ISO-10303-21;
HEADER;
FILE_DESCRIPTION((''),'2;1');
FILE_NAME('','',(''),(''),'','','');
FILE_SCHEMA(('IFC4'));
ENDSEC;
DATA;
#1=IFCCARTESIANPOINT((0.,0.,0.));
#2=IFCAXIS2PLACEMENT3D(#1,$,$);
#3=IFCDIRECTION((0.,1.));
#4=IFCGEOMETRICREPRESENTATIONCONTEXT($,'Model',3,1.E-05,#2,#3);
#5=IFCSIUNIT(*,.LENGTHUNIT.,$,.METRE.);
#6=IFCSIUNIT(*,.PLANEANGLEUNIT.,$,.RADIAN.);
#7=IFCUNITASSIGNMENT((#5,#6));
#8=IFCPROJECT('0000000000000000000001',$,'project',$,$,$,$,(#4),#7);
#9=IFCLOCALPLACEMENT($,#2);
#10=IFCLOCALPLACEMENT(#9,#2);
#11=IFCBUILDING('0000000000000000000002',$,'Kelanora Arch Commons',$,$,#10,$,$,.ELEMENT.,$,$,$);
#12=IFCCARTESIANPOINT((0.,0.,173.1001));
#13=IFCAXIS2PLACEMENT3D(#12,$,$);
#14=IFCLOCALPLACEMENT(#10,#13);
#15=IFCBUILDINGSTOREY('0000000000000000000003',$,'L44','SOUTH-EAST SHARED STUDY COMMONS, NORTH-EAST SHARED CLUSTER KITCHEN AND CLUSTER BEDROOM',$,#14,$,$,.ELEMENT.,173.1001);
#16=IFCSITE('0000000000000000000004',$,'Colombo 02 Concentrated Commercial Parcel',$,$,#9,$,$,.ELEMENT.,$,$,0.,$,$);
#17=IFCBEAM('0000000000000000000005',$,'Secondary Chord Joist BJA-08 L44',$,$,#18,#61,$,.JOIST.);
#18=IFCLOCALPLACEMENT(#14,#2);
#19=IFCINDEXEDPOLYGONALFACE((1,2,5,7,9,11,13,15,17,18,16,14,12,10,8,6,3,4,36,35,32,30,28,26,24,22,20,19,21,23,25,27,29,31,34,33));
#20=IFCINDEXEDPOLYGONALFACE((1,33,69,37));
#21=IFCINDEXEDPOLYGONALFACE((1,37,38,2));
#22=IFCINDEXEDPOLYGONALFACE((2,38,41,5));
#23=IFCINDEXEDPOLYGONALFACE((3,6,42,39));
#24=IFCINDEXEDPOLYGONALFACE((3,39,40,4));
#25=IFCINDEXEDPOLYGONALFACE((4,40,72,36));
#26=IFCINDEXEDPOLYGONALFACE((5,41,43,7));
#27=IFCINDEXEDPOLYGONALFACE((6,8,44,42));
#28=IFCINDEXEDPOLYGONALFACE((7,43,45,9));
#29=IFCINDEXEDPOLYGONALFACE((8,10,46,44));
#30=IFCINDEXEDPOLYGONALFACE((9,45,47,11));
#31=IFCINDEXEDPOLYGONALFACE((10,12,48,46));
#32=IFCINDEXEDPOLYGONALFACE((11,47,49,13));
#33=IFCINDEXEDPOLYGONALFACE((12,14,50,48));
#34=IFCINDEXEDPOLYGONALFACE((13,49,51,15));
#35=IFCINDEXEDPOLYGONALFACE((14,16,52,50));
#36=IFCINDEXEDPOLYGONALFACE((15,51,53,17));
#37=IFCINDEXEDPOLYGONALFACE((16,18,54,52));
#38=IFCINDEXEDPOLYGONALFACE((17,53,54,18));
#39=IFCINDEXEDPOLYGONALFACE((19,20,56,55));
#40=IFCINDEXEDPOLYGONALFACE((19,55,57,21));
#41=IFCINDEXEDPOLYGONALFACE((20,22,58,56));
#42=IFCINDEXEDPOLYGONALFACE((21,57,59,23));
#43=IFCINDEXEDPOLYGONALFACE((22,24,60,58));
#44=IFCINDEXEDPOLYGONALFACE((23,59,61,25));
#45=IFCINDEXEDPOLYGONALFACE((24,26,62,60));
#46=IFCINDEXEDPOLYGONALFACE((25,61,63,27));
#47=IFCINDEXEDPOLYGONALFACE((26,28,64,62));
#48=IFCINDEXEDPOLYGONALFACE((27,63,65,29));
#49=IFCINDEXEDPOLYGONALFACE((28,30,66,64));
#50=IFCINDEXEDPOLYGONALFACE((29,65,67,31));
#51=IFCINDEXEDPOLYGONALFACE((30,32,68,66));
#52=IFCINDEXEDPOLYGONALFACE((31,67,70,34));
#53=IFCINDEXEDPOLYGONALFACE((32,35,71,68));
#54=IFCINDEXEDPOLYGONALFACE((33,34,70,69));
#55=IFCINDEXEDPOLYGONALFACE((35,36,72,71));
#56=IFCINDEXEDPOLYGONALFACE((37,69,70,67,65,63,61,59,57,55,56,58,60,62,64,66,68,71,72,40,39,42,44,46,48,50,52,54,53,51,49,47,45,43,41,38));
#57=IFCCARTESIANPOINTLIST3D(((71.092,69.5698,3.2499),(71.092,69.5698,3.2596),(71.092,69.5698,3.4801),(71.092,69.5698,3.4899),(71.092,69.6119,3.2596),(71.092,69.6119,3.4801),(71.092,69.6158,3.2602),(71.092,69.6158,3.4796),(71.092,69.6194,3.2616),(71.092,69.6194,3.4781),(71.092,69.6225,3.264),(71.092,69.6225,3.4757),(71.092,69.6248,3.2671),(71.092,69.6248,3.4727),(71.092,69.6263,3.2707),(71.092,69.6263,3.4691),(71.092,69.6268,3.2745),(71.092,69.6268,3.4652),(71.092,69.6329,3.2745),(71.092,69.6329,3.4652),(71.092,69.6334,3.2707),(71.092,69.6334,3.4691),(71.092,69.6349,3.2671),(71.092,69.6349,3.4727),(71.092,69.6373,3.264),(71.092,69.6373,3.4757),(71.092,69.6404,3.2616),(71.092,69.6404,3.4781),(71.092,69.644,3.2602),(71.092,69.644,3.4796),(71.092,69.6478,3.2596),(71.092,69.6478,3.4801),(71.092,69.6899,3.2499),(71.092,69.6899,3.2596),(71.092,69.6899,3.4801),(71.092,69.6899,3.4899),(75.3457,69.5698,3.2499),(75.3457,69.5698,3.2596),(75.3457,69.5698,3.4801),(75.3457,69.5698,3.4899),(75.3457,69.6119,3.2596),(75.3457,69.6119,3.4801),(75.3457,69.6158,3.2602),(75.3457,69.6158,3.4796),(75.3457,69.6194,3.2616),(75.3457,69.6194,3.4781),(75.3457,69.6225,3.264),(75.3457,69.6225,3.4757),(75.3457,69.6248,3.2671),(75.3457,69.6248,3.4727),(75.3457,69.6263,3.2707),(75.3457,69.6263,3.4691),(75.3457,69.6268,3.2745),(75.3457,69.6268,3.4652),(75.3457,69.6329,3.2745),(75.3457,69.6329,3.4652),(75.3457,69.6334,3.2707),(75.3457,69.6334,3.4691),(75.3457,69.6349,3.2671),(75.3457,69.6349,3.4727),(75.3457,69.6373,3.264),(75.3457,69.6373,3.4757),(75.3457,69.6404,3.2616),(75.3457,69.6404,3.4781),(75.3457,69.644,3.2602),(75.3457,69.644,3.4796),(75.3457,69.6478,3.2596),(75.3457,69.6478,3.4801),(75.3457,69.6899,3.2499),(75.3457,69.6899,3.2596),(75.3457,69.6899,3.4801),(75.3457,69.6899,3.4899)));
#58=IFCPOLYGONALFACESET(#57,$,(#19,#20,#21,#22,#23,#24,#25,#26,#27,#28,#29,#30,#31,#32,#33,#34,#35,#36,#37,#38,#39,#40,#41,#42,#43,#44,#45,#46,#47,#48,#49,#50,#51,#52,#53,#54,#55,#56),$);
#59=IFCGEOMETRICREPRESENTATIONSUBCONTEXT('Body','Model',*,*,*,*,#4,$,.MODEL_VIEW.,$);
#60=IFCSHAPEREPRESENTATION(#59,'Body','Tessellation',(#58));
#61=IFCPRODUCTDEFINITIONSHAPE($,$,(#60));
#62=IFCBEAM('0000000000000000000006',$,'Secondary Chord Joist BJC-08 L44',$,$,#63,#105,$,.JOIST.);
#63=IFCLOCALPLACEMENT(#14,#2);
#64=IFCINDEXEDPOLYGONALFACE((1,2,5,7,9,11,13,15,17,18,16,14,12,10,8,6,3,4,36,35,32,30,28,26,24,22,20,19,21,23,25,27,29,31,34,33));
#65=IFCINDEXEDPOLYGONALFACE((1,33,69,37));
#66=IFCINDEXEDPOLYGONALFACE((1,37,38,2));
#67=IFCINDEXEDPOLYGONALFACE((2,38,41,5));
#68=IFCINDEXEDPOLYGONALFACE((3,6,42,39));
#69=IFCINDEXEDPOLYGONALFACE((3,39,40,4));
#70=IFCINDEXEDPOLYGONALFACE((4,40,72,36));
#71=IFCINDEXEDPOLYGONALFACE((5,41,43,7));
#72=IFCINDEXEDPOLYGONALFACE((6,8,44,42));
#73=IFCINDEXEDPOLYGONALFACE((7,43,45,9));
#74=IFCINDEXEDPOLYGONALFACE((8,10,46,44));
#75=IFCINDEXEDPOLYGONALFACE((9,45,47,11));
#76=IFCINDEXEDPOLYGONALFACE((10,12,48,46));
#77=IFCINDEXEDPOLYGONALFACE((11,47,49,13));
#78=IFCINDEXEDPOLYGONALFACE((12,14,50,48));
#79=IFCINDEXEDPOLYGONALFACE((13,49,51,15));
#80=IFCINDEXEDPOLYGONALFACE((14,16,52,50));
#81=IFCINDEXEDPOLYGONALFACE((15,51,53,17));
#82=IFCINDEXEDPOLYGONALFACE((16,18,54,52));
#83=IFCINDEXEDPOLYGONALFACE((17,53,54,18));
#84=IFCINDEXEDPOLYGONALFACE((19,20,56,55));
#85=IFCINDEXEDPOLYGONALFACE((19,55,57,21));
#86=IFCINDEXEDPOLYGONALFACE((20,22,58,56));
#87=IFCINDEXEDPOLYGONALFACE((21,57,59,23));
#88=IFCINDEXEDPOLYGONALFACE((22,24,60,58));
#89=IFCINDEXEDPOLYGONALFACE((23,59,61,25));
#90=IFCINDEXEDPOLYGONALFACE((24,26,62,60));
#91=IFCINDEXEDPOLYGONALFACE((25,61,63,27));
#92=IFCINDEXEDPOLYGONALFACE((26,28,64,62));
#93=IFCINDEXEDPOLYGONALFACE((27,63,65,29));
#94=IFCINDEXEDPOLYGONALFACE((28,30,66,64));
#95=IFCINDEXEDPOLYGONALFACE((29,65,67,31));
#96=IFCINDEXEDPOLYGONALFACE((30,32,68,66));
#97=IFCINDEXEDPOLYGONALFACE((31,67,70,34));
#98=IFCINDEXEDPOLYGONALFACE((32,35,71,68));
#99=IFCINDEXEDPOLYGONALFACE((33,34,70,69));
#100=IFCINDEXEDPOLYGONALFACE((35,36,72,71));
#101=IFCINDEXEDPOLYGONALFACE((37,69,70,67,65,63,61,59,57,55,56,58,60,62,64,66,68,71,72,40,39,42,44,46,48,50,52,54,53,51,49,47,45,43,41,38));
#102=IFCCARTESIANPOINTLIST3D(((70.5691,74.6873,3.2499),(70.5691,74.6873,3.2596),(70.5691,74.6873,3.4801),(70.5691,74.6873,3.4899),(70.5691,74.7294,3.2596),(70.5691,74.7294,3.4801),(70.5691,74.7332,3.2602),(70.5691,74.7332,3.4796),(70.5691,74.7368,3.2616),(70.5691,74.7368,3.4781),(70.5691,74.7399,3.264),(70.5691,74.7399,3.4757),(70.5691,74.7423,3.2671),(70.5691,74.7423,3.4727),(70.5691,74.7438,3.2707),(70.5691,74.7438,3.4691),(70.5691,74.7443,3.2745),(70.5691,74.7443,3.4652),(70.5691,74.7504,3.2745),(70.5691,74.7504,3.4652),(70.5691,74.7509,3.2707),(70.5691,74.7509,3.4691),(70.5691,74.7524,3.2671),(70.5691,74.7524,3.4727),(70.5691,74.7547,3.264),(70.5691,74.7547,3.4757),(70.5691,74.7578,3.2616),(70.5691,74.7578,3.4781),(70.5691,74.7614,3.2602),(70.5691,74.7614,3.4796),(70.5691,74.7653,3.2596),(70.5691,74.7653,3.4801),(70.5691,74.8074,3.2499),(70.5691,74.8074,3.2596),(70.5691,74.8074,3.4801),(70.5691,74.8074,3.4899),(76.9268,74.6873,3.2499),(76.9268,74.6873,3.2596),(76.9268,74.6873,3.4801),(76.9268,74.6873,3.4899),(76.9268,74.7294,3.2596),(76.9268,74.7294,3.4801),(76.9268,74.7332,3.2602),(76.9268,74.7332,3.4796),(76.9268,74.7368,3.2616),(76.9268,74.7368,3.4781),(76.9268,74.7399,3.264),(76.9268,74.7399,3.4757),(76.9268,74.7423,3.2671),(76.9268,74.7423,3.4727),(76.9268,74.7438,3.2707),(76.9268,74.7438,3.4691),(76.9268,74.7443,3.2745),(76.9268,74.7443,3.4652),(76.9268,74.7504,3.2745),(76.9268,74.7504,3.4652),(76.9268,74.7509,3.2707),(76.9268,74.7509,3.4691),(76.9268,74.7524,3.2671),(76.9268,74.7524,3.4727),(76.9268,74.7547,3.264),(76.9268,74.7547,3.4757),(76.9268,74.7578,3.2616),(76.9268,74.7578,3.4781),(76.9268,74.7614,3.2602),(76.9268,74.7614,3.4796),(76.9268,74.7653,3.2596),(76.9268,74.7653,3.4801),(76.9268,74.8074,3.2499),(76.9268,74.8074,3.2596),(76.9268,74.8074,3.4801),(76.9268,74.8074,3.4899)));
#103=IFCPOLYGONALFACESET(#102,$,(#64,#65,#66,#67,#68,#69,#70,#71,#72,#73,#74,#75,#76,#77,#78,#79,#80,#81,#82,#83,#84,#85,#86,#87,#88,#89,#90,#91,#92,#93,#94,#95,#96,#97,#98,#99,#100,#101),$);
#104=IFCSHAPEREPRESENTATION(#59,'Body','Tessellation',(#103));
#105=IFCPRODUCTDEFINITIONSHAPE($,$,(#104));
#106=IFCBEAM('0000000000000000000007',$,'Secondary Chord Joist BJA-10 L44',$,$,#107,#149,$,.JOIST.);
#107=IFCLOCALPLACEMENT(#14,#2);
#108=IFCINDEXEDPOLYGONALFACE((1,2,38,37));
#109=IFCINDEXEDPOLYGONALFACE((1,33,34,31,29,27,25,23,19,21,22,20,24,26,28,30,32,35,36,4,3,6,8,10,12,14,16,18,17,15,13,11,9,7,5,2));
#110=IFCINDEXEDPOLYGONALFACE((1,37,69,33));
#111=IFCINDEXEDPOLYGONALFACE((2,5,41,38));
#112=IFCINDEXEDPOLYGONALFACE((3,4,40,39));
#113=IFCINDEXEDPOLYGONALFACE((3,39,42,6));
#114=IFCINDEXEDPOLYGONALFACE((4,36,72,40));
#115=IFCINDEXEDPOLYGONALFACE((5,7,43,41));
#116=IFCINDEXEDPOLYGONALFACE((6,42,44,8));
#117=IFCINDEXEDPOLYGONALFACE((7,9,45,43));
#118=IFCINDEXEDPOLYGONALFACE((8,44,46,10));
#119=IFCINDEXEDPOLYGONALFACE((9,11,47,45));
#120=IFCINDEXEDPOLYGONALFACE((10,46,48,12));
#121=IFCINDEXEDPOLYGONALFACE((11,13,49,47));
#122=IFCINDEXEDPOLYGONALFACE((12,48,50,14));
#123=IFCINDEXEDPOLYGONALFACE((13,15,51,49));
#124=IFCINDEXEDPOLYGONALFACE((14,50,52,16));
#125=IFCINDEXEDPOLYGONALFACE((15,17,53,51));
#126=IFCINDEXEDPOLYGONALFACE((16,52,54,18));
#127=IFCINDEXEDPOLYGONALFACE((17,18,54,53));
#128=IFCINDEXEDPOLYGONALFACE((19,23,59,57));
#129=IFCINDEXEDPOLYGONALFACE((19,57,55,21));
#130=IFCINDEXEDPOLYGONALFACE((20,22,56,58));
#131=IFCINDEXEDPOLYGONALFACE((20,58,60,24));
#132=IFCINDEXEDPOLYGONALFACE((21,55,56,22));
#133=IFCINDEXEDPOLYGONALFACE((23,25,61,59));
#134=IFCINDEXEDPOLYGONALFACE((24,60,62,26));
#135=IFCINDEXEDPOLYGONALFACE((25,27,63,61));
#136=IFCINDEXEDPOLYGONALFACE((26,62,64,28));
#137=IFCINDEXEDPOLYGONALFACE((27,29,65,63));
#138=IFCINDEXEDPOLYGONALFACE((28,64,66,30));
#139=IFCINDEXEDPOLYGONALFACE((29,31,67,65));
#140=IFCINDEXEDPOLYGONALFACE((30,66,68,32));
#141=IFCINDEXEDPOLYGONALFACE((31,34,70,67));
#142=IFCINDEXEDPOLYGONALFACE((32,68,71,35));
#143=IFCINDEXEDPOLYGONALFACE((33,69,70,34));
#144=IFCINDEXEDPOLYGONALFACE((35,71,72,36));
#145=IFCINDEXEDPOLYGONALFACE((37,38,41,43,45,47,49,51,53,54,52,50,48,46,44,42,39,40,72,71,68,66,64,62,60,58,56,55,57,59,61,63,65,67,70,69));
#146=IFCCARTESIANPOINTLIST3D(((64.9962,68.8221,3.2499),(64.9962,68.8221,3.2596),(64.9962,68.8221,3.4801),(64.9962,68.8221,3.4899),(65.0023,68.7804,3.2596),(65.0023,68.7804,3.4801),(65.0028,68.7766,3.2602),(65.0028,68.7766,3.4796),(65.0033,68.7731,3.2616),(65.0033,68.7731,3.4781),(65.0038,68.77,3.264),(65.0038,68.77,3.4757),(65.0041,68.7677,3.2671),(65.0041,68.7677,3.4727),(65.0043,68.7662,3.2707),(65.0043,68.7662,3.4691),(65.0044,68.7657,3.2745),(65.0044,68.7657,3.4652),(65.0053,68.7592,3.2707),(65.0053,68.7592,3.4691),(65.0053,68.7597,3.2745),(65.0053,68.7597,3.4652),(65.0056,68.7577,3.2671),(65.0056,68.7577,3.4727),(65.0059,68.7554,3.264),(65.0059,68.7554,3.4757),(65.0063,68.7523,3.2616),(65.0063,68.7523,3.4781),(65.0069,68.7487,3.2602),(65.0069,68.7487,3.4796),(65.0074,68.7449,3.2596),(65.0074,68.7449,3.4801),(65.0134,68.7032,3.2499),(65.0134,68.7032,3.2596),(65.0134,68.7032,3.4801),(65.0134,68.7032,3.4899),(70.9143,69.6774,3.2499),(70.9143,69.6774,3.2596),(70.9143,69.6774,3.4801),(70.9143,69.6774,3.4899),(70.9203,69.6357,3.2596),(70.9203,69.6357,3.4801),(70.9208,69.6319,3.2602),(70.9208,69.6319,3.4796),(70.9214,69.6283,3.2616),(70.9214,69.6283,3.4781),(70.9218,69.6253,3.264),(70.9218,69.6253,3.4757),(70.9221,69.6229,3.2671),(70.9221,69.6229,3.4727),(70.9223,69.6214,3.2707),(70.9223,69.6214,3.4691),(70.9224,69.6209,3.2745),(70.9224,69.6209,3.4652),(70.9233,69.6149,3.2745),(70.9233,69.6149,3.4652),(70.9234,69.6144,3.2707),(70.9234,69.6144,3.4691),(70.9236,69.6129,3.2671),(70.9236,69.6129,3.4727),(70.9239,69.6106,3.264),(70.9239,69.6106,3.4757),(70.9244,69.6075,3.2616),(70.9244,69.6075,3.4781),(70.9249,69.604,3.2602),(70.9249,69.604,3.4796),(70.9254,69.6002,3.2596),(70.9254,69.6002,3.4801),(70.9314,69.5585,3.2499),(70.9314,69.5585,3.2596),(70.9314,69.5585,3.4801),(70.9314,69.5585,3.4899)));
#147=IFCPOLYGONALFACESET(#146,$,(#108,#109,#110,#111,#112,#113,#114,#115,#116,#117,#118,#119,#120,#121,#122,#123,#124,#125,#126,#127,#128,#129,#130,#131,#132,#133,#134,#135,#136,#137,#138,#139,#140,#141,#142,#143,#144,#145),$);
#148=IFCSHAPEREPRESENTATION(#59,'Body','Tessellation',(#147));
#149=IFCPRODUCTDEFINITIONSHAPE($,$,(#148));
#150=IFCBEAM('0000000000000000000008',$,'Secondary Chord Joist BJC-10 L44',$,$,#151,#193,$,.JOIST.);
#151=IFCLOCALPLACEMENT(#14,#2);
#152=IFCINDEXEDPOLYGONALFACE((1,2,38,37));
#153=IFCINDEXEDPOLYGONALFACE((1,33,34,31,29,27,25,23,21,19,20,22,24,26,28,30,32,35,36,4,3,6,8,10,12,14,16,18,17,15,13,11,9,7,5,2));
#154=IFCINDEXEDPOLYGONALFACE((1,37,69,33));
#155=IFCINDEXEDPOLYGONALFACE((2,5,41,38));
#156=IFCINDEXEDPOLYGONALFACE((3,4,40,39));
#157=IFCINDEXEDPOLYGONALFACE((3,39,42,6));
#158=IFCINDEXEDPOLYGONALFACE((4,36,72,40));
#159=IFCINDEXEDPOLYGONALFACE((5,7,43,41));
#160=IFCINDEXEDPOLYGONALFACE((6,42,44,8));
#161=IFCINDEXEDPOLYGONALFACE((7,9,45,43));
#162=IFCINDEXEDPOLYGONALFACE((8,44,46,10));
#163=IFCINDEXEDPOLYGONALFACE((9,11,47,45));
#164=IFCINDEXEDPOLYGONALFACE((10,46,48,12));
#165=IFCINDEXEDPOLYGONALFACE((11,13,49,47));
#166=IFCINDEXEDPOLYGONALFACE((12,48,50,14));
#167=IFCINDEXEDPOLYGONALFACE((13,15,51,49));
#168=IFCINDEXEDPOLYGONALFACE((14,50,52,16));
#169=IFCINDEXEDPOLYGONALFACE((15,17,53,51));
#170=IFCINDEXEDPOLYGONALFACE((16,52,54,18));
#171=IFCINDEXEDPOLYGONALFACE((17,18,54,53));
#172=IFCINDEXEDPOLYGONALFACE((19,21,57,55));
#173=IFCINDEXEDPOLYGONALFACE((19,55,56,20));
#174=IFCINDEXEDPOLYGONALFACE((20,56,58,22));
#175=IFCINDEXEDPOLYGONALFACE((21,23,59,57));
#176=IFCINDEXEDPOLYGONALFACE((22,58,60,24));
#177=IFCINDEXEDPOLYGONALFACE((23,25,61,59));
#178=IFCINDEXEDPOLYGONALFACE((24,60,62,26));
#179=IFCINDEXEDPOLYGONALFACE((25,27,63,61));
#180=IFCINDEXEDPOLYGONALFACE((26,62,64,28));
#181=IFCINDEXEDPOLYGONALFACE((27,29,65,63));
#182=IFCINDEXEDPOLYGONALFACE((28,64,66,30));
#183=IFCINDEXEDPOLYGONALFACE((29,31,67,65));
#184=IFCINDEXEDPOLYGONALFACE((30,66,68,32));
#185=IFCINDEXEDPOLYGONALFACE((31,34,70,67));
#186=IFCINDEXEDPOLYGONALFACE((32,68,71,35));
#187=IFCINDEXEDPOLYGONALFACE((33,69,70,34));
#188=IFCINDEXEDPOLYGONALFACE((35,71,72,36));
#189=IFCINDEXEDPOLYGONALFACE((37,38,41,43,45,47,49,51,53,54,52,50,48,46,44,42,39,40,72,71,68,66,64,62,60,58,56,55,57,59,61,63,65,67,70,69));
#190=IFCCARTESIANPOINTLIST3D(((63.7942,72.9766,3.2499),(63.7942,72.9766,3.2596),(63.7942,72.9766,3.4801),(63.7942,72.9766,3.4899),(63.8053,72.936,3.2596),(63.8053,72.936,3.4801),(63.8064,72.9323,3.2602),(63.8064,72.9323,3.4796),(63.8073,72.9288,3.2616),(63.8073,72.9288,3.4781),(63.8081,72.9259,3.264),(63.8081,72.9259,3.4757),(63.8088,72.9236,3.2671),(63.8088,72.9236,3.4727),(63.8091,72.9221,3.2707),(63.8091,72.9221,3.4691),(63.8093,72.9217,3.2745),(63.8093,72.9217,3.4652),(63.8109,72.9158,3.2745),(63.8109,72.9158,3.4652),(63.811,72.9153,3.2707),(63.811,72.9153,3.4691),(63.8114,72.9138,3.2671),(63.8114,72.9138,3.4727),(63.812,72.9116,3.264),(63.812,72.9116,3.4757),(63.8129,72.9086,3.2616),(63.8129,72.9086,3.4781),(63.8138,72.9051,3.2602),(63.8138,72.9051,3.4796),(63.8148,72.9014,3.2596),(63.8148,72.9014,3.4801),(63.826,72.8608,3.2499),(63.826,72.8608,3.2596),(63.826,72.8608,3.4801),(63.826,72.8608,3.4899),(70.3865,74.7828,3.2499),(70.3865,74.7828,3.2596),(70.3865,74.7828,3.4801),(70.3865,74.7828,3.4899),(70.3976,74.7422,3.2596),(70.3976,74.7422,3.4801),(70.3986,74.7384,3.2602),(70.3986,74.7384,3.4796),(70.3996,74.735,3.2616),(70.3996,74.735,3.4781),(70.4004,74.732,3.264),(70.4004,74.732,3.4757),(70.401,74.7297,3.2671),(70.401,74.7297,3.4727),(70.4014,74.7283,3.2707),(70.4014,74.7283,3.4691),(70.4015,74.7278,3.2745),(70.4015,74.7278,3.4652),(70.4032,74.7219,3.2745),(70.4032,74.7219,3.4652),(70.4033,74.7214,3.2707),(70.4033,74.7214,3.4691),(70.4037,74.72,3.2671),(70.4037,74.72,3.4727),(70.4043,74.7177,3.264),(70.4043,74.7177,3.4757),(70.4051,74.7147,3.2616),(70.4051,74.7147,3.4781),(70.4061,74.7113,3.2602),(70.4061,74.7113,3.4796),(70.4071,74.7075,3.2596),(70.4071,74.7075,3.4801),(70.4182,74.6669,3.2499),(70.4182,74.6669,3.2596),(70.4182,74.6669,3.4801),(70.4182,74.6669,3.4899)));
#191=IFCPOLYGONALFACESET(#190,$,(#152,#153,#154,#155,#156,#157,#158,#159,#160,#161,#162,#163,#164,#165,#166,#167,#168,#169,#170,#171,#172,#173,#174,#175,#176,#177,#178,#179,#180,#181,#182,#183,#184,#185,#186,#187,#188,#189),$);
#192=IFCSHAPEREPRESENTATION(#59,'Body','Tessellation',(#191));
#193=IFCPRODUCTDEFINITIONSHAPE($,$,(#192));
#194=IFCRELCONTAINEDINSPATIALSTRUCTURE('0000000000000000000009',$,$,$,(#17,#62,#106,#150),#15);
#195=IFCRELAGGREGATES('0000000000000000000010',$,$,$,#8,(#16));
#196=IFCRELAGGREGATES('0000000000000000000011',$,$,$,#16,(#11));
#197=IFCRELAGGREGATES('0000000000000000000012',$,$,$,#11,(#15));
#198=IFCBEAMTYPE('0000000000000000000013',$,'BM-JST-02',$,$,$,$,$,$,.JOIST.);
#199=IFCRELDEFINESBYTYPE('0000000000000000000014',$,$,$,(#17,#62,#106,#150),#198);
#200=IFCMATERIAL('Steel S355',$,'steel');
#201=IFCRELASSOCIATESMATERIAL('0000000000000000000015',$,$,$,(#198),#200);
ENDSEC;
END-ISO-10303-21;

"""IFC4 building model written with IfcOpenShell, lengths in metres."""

from ifc_helpers import new_model, si_unit, direction, frame, origin, origin_2d, place, context, subcontext, project, spatial, i_section, extrude, material, material_profile, profile_set, type_object, element, save


model = new_model("IFC4")

# Units and contexts
model_context = context("Model", 3, precision=1e-05, world=origin(), true_north=direction((0.0, 1.0)))
body_context = subcontext(model_context, "Body", "Model", "MODEL_VIEW")
ifc_project = project(units=[si_unit("LENGTHUNIT", "METRE"), si_unit("PLANEANGLEUNIT", "RADIAN")], contexts=[model_context])

# Site, building, storey
site_placement = place(None, origin())
site = spatial("IfcSite", under=ifc_project, at=site_placement, Name="Colombo 02 Concentrated Commercial Parcel", CompositionType="ELEMENT", RefElevation=0.0)
building_placement = place(site_placement, origin())
building = spatial("IfcBuilding", under=site, at=building_placement, Name="Kelanora Arch Commons", CompositionType="ELEMENT")
storey_placement = place(building_placement, frame((0.0, 0.0, 173.1001)))
storey = spatial("IfcBuildingStorey", under=building, at=storey_placement, Name="L44", Description="SOUTH-EAST SHARED STUDY COMMONS, NORTH-EAST SHARED CLUSTER KITCHEN AND CLUSTER BEDROOM", CompositionType="ELEMENT", Elevation=173.1001)

# Beams
ifc_material_1 = material(Name="Steel S355", Category="steel")
ifc_material_profile_1 = material_profile(ifc_material_1, i_section(OverallWidth=0.1201, OverallDepth=0.24, WebThickness=0.0061, FlangeThickness=0.0098, FilletRadius=0.0149, at=origin_2d()), Name="IPE240")
ifc_profile_set_1 = profile_set([ifc_material_profile_1], Name="Steel S355")
beam_type_1 = type_object("IfcBeamType", Name="BM-JST-02", PredefinedType="JOIST", material=ifc_profile_set_1)
beam_1_placement = place(storey_placement, frame((75.3457, 69.6299, 3.3699), z_axis=(-1.0, 0.0, 0.0), x_axis=(0.0, -1.0, 0.0)))
element("IfcBeam", 1, at=beam_1_placement, inside=storey, type_object=beam_type_1, Name="Secondary Chord Joist BJA-08 L44", PredefinedType="JOIST", context=body_context, shape_type="SweptSolid", body=[
    extrude(i_section(OverallWidth=0.1201, OverallDepth=0.24, WebThickness=0.0061, FlangeThickness=0.0098, FilletRadius=0.0149, at=origin_2d()), origin(), (0.0, 0.0, 1.0), 4.2537),
])
beam_2_placement = place(storey_placement, frame((76.9268, 74.7473, 3.3699), z_axis=(-1.0, 0.0, 0.0), x_axis=(0.0, -1.0, 0.0)))
element("IfcBeam", 2, at=beam_2_placement, inside=storey, type_object=beam_type_1, Name="Secondary Chord Joist BJC-08 L44", PredefinedType="JOIST", context=body_context, shape_type="SweptSolid", body=[
    extrude(i_section(OverallWidth=0.1201, OverallDepth=0.24, WebThickness=0.0061, FlangeThickness=0.0098, FilletRadius=0.0149, at=origin_2d()), origin(), (0.0, 0.0, 1.0), 6.3577),
])
beam_3_placement = place(storey_placement, frame((70.9229, 69.6179, 3.3699), z_axis=(-0.989719, -0.143027, 0.0), x_axis=(0.143027, -0.989719, 0.0)))
element("IfcBeam", 3, at=beam_3_placement, inside=storey, type_object=beam_type_1, Name="Secondary Chord Joist BJA-10 L44", PredefinedType="JOIST", context=body_context, shape_type="SweptSolid", body=[
    extrude(i_section(OverallWidth=0.1201, OverallDepth=0.24, WebThickness=0.0061, FlangeThickness=0.0098, FilletRadius=0.0149, at=origin_2d()), origin(), (0.0, 0.0, 1.0), 5.9795),
])
beam_4_placement = place(storey_placement, frame((70.4023, 74.7249, 3.3699), z_axis=(-0.964457, -0.264242, 0.0), x_axis=(0.264242, -0.964457, 0.0)))
element("IfcBeam", 4, at=beam_4_placement, inside=storey, type_object=beam_type_1, Name="Secondary Chord Joist BJC-10 L44", PredefinedType="JOIST", context=body_context, shape_type="SweptSolid", body=[
    extrude(i_section(OverallWidth=0.1201, OverallDepth=0.24, WebThickness=0.0061, FlangeThickness=0.0098, FilletRadius=0.0149, at=origin_2d()), origin(), (0.0, 0.0, 1.0), 6.8352),
])

save(model, "model.ifc")
